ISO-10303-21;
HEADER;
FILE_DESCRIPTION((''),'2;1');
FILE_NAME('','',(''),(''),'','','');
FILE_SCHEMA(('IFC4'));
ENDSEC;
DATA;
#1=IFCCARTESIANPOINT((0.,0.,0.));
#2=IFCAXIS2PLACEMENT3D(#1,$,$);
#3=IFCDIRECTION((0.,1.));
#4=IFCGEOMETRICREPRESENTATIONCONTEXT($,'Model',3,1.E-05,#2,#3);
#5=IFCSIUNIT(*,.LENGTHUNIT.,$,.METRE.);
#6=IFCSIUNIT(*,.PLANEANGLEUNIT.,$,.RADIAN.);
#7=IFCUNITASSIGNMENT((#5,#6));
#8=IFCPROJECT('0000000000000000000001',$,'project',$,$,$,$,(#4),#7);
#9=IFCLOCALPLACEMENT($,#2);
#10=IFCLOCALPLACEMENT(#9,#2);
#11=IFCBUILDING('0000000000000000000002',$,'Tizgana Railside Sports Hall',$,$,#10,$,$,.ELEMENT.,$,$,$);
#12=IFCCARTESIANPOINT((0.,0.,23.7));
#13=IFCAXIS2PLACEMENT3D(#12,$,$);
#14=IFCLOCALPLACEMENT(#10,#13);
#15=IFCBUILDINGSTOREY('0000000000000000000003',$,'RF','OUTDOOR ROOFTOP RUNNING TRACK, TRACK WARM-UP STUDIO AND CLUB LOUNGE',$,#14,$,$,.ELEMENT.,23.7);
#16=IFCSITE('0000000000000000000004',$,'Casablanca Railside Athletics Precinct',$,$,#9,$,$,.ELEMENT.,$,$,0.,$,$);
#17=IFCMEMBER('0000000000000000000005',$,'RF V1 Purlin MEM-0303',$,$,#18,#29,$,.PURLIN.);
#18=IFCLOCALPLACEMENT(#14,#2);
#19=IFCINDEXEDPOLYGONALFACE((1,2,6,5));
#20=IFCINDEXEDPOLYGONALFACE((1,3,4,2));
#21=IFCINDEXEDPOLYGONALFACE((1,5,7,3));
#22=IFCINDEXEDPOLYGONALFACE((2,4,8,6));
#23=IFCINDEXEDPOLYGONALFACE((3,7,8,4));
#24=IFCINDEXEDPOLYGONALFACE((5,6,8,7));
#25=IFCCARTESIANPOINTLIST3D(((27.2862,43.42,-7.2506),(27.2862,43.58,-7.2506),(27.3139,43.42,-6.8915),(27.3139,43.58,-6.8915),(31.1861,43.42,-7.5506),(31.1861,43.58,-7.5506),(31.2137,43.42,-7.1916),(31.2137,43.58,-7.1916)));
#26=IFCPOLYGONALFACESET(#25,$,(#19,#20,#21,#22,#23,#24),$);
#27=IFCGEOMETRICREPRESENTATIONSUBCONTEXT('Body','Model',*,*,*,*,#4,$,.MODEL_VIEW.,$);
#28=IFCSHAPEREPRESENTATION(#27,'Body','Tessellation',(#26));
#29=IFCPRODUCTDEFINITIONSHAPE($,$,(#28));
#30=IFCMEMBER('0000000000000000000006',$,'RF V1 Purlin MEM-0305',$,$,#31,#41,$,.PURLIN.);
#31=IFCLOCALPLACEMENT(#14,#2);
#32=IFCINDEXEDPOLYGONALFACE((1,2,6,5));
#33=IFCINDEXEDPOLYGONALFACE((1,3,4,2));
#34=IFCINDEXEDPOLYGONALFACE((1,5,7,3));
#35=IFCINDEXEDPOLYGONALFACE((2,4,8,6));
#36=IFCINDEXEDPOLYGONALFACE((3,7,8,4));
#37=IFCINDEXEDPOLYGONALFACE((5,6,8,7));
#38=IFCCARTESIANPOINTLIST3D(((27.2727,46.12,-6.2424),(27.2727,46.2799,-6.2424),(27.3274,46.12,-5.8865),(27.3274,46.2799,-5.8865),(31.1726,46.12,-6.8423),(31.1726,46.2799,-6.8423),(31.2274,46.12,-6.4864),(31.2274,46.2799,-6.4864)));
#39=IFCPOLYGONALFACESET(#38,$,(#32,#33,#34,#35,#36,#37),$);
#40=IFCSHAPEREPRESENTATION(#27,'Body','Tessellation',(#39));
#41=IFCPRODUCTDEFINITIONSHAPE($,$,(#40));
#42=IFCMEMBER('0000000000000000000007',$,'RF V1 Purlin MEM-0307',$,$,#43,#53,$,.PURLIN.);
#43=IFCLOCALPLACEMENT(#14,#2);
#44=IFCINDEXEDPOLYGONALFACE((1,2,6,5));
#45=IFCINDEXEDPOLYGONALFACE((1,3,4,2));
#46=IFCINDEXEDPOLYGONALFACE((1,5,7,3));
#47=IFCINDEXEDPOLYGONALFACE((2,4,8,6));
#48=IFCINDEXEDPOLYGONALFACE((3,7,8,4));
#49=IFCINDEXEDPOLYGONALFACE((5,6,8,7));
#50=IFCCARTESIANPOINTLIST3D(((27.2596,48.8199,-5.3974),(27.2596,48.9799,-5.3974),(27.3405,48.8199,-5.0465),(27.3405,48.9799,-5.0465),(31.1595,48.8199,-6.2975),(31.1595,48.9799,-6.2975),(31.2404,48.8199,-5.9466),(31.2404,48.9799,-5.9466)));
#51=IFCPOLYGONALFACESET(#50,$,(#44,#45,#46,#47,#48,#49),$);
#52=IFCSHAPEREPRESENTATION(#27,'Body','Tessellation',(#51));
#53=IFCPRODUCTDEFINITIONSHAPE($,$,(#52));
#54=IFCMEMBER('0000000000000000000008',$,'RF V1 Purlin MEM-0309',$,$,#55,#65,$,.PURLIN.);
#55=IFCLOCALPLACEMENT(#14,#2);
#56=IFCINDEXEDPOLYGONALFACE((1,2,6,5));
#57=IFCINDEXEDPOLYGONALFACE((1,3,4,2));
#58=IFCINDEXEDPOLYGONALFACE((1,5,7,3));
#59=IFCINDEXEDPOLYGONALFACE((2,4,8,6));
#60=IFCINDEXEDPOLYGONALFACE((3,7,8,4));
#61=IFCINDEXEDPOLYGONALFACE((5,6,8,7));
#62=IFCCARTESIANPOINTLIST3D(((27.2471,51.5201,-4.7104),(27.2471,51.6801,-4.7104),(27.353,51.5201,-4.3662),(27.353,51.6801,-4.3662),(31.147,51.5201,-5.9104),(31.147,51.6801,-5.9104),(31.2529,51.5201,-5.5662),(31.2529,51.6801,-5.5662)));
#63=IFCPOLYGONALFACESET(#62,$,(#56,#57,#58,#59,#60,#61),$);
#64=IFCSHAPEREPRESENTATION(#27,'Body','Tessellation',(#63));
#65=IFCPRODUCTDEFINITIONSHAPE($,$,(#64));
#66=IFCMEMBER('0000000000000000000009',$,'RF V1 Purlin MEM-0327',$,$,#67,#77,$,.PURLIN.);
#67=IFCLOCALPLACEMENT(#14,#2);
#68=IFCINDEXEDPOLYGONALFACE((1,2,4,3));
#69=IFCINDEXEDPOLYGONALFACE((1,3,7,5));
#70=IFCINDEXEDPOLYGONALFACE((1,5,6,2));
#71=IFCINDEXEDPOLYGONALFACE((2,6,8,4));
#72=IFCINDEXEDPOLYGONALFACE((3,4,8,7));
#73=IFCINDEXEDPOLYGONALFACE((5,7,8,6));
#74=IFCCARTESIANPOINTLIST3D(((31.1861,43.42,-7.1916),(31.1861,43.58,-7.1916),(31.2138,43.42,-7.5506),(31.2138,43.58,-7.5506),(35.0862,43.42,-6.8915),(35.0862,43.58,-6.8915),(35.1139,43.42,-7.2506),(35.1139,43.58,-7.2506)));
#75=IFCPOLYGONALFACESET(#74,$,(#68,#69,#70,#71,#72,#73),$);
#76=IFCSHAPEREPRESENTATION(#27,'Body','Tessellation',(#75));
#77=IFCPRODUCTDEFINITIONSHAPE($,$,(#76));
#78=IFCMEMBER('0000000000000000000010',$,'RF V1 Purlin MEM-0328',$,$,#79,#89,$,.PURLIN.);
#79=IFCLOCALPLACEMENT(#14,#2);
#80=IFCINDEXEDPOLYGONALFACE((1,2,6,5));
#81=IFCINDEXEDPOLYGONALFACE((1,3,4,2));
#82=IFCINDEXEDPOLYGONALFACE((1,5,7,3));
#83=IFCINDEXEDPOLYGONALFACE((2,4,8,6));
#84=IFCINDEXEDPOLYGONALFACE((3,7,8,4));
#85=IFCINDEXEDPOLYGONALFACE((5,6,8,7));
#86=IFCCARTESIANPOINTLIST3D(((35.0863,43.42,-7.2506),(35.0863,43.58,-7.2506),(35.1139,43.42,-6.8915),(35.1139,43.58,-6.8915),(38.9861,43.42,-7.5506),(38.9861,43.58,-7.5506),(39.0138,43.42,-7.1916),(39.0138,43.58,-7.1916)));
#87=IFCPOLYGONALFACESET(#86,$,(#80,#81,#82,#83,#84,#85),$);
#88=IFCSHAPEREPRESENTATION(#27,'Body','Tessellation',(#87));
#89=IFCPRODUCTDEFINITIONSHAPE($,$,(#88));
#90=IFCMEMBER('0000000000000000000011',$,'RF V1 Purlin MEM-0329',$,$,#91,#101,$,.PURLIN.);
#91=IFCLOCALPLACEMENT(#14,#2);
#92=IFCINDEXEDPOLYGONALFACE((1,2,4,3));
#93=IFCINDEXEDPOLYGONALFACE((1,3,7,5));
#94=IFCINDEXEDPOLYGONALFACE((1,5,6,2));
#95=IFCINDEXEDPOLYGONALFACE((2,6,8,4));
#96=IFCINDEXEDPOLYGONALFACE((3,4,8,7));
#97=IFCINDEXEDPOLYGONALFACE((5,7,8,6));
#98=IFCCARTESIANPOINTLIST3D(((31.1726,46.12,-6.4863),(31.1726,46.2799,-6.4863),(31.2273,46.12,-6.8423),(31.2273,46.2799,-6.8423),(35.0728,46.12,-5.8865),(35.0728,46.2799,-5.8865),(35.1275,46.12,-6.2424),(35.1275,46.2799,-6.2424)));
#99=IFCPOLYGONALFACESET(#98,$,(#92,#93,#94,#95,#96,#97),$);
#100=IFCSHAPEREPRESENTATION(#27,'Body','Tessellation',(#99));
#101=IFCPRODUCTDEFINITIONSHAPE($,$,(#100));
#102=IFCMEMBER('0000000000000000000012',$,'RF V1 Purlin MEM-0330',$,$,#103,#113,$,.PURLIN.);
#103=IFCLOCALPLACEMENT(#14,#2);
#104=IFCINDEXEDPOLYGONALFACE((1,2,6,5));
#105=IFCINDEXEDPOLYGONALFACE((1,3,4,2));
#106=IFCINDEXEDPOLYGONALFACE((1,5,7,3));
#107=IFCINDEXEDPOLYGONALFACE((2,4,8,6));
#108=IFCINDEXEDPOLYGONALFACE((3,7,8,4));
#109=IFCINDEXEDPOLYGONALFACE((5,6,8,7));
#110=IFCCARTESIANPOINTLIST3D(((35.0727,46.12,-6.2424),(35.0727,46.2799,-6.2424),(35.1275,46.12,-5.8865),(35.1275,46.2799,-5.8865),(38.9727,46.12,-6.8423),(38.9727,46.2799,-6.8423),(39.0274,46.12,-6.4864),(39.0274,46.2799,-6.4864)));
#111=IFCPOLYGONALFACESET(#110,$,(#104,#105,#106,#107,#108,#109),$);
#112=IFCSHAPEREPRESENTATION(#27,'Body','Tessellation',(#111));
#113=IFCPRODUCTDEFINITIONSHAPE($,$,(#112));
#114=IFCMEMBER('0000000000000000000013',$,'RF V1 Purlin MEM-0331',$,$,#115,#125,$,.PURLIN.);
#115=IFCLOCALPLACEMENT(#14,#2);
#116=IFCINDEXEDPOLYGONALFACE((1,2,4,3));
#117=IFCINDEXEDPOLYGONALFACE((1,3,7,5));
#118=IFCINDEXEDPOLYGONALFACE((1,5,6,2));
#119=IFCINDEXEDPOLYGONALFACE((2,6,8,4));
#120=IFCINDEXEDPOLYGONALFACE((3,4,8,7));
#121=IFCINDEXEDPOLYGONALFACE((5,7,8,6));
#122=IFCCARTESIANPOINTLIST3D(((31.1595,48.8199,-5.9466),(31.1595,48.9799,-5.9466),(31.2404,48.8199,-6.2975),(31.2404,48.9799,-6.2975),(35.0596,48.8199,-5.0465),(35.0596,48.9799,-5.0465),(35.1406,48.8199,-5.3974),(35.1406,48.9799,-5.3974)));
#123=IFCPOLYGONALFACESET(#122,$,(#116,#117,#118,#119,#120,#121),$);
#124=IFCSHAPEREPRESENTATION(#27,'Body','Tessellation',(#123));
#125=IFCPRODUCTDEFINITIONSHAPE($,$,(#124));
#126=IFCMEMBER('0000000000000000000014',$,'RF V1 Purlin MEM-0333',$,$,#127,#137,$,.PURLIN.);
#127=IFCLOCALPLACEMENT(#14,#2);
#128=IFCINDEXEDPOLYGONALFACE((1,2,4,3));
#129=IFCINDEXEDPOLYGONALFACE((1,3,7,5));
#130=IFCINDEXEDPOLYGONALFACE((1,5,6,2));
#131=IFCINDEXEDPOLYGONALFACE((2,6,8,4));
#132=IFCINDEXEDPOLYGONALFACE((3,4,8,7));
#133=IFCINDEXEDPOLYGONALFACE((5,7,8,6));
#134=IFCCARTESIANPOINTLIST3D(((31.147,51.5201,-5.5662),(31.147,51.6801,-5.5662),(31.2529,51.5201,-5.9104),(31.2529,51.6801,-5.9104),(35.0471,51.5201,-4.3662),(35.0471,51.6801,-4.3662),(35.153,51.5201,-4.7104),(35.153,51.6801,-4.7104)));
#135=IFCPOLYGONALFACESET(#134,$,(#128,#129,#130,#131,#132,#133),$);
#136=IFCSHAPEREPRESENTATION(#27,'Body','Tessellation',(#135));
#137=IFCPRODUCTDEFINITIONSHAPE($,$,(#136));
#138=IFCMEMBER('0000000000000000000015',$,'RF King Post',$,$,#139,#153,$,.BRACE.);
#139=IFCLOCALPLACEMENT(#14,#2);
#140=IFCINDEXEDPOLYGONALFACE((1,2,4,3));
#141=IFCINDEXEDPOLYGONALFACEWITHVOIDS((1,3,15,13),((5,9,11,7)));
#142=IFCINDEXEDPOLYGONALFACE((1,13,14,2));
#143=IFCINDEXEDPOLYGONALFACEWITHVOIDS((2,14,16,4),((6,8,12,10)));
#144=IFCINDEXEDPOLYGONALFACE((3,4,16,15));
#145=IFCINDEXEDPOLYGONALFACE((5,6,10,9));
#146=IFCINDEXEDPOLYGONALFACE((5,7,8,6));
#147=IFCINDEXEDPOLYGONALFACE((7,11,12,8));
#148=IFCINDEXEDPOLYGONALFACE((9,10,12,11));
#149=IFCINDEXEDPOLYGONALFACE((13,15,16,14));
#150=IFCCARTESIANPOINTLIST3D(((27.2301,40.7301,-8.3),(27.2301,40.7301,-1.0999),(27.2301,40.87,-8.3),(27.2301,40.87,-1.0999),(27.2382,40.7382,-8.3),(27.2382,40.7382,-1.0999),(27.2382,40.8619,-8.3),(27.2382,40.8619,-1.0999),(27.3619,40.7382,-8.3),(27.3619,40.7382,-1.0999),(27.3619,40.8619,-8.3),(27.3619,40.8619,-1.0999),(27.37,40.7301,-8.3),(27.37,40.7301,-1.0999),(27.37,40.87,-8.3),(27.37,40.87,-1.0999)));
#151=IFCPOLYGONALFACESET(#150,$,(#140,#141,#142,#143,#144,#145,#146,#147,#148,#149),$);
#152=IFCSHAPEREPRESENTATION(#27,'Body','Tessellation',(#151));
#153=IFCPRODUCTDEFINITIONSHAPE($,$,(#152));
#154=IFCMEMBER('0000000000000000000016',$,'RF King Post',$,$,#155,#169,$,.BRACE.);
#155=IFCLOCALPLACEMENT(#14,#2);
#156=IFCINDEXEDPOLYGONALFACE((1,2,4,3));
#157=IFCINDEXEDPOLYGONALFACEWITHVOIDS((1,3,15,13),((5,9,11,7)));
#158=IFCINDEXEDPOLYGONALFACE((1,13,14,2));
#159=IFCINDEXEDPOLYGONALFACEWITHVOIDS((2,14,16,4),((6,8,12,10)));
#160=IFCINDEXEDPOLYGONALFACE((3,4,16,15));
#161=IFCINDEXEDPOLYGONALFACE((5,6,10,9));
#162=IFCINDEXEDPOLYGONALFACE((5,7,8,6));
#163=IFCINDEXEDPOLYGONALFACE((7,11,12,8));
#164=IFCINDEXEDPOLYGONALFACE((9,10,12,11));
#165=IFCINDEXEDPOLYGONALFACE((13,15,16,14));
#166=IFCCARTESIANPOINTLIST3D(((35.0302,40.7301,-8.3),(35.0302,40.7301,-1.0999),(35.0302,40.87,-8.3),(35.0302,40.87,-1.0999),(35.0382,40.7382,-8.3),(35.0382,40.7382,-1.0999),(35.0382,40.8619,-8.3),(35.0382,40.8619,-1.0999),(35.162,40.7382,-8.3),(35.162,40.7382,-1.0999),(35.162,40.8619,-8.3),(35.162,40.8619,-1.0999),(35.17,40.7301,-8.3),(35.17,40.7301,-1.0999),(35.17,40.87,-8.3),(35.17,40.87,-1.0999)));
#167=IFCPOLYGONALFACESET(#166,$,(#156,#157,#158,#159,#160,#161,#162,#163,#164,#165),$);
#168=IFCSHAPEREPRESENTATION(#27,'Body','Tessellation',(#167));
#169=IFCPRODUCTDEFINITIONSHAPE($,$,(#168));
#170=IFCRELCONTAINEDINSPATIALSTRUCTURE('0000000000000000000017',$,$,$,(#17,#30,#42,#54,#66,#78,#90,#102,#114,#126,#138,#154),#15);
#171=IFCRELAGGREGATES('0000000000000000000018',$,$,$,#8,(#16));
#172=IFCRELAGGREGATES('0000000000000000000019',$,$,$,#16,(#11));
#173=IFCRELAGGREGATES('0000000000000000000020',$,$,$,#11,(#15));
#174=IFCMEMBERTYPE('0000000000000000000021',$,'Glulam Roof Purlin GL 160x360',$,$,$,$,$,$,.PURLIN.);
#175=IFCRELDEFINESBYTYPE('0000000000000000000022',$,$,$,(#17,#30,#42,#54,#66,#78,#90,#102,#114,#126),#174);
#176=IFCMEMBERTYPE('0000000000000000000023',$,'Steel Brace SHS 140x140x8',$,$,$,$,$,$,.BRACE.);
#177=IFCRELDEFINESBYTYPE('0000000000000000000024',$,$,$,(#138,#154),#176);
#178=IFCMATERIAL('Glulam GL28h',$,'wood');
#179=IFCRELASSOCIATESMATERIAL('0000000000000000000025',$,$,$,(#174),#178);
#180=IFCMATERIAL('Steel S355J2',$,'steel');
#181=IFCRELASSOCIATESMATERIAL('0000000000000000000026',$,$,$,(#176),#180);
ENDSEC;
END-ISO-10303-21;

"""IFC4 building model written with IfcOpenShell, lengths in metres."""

from ifc_helpers import new_model, si_unit, direction, frame, origin, origin_2d, place, context, subcontext, project, spatial, rectangle, hollow_rectangle, extrude, material, material_profile, profile_set, type_object, element, save


model = new_model("IFC4")

# Units and contexts
model_context = context("Model", 3, precision=1e-05, world=origin(), true_north=direction((0.0, 1.0)))
body_context = subcontext(model_context, "Body", "Model", "MODEL_VIEW")
ifc_project = project(units=[si_unit("LENGTHUNIT", "METRE"), si_unit("PLANEANGLEUNIT", "RADIAN")], contexts=[model_context])

# Site, building, storey
site_placement = place(None, origin())
site = spatial("IfcSite", under=ifc_project, at=site_placement, Name="Casablanca Railside Athletics Precinct", CompositionType="ELEMENT", RefElevation=0.0)
building_placement = place(site_placement, origin())
building = spatial("IfcBuilding", under=site, at=building_placement, Name="Tizgana Railside Sports Hall", CompositionType="ELEMENT")
storey_placement = place(building_placement, frame((0.0, 0.0, 23.7)))
storey = spatial("IfcBuildingStorey", under=building, at=storey_placement, Name="RF", Description="OUTDOOR ROOFTOP RUNNING TRACK, TRACK WARM-UP STUDIO AND CLUB LOUNGE", CompositionType="ELEMENT", Elevation=23.7)

# Members
ifc_material_1 = material(Name="Glulam GL28h", Category="wood")
ifc_material_profile_1 = material_profile(ifc_material_1, rectangle(XDim=0.1599, YDim=0.3601, at=origin_2d()), Name="GL 160x360")
ifc_profile_set_1 = profile_set([ifc_material_profile_1], Name="Glulam GL28h")
member_type_1 = type_object("IfcMemberType", Name="Glulam Roof Purlin GL 160x360", PredefinedType="PURLIN", material=ifc_profile_set_1)
member_1_placement = place(storey_placement, frame((27.3, 43.5, -7.071), z_axis=(0.997053, 0.0, -0.076711), x_axis=(0.0, 1.0, 0.0)))
element("IfcMember", 1, at=member_1_placement, inside=storey, type_object=member_type_1, Name="RF V1 Purlin MEM-0303", PredefinedType="PURLIN", context=body_context, shape_type="SweptSolid", body=[
    extrude(rectangle(XDim=0.1599, YDim=0.3601, at=origin_2d()), origin(), (0.0, 0.0, 1.0), 3.9114),
])
member_2_placement = place(storey_placement, frame((27.3, 46.2, -6.0645), z_axis=(0.988377, 0.0, -0.152025), x_axis=(0.0, 1.0, 0.0)))
element("IfcMember", 2, at=member_2_placement, inside=storey, type_object=member_type_1, Name="RF V1 Purlin MEM-0305", PredefinedType="PURLIN", context=body_context, shape_type="SweptSolid", body=[
    extrude(rectangle(XDim=0.1599, YDim=0.3601, at=origin_2d()), origin(), (0.0, 0.0, 1.0), 3.9458),
])
member_3_placement = place(storey_placement, frame((27.3, 48.8999, -5.2219), z_axis=(0.974382, 0.0, -0.2249), x_axis=(0.0, 1.0, 0.0)))
element("IfcMember", 3, at=member_3_placement, inside=storey, type_object=member_type_1, Name="RF V1 Purlin MEM-0307", PredefinedType="PURLIN", context=body_context, shape_type="SweptSolid", body=[
    extrude(rectangle(XDim=0.1599, YDim=0.3601, at=origin_2d()), origin(), (0.0, 0.0, 1.0), 4.0024),
])
member_4_placement = place(storey_placement, frame((27.3, 51.6001, -4.5383), z_axis=(0.95578, 0.0, -0.294082), x_axis=(0.0, 1.0, 0.0)))
element("IfcMember", 4, at=member_4_placement, inside=storey, type_object=member_type_1, Name="RF V1 Purlin MEM-0309", PredefinedType="PURLIN", context=body_context, shape_type="SweptSolid", body=[
    extrude(rectangle(XDim=0.1599, YDim=0.3601, at=origin_2d()), origin(), (0.0, 0.0, 1.0), 4.0803),
])
member_5_placement = place(storey_placement, frame((31.2, 43.5, -7.3711), z_axis=(0.997054, 0.0, 0.076706), x_axis=(0.0, 1.0, 0.0)))
element("IfcMember", 5, at=member_5_placement, inside=storey, type_object=member_type_1, Name="RF V1 Purlin MEM-0327", PredefinedType="PURLIN", context=body_context, shape_type="SweptSolid", body=[
    extrude(rectangle(XDim=0.1599, YDim=0.3601, at=origin_2d()), origin(), (0.0, 0.0, 1.0), 3.9116),
])
member_6_placement = place(storey_placement, frame((35.1001, 43.5, -7.071), z_axis=(0.997053, 0.0, -0.076711), x_axis=(0.0, 1.0, 0.0)))
element("IfcMember", 6, at=member_6_placement, inside=storey, type_object=member_type_1, Name="RF V1 Purlin MEM-0328", PredefinedType="PURLIN", context=body_context, shape_type="SweptSolid", body=[
    extrude(rectangle(XDim=0.1599, YDim=0.3601, at=origin_2d()), origin(), (0.0, 0.0, 1.0), 3.9114),
])
member_7_placement = place(storey_placement, frame((31.2, 46.2, -6.6643), z_axis=(0.988378, 0.0, 0.152015), x_axis=(0.0, 1.0, 0.0)))
element("IfcMember", 7, at=member_7_placement, inside=storey, type_object=member_type_1, Name="RF V1 Purlin MEM-0329", PredefinedType="PURLIN", context=body_context, shape_type="SweptSolid", body=[
    extrude(rectangle(XDim=0.1599, YDim=0.3601, at=origin_2d()), origin(), (0.0, 0.0, 1.0), 3.946),
])
member_8_placement = place(storey_placement, frame((35.1001, 46.2, -6.0645), z_axis=(0.988377, 0.0, -0.152025), x_axis=(0.0, 1.0, 0.0)))
element("IfcMember", 8, at=member_8_placement, inside=storey, type_object=member_type_1, Name="RF V1 Purlin MEM-0330", PredefinedType="PURLIN", context=body_context, shape_type="SweptSolid", body=[
    extrude(rectangle(XDim=0.1599, YDim=0.3601, at=origin_2d()), origin(), (0.0, 0.0, 1.0), 3.9458),
])
member_9_placement = place(storey_placement, frame((31.2, 48.8999, -6.1221), z_axis=(0.974385, 0.0, 0.224886), x_axis=(0.0, 1.0, 0.0)))
element("IfcMember", 9, at=member_9_placement, inside=storey, type_object=member_type_1, Name="RF V1 Purlin MEM-0331", PredefinedType="PURLIN", context=body_context, shape_type="SweptSolid", body=[
    extrude(rectangle(XDim=0.1599, YDim=0.3601, at=origin_2d()), origin(), (0.0, 0.0, 1.0), 4.0027),
])
member_10_placement = place(storey_placement, frame((31.2, 51.6001, -5.7383), z_axis=(0.955785, 0.0, 0.294065), x_axis=(0.0, 1.0, 0.0)))
element("IfcMember", 10, at=member_10_placement, inside=storey, type_object=member_type_1, Name="RF V1 Purlin MEM-0333", PredefinedType="PURLIN", context=body_context, shape_type="SweptSolid", body=[
    extrude(rectangle(XDim=0.1599, YDim=0.3601, at=origin_2d()), origin(), (0.0, 0.0, 1.0), 4.0806),
])
ifc_material_2 = material(Name="Steel S355J2", Category="steel")
ifc_material_profile_2 = material_profile(ifc_material_2, hollow_rectangle(XDim=0.1399, YDim=0.1399, WallThickness=0.0081, at=origin_2d()), Name="SHS 140x140x8")
ifc_profile_set_2 = profile_set([ifc_material_profile_2], Name="Steel S355J2")
member_type_2 = type_object("IfcMemberType", Name="Steel Brace SHS 140x140x8", PredefinedType="BRACE", material=ifc_profile_set_2)
for number, where, z_axis, x_axis, name in (
    (11, (27.3, 40.8, -8.3), (0.0, 0.0, 1.0), (1.0, 0.0, 0.0), "RF King Post"),
    (12, (35.1001, 40.8, -8.3), (0.0, 0.0, 1.0), (1.0, 0.0, 0.0), "RF King Post"),
):
    element("IfcMember", number, at=place(storey_placement, frame(where, z_axis=z_axis, x_axis=x_axis)), inside=storey, type_object=member_type_2, Name=name, PredefinedType="BRACE", context=body_context, shape_type="SweptSolid", body=[
        extrude(hollow_rectangle(XDim=0.1399, YDim=0.1399, WallThickness=0.0081, at=origin_2d()), origin(), (0.0, 0.0, 1.0), 7.2002),
    ])

save(model, "model.ifc")
